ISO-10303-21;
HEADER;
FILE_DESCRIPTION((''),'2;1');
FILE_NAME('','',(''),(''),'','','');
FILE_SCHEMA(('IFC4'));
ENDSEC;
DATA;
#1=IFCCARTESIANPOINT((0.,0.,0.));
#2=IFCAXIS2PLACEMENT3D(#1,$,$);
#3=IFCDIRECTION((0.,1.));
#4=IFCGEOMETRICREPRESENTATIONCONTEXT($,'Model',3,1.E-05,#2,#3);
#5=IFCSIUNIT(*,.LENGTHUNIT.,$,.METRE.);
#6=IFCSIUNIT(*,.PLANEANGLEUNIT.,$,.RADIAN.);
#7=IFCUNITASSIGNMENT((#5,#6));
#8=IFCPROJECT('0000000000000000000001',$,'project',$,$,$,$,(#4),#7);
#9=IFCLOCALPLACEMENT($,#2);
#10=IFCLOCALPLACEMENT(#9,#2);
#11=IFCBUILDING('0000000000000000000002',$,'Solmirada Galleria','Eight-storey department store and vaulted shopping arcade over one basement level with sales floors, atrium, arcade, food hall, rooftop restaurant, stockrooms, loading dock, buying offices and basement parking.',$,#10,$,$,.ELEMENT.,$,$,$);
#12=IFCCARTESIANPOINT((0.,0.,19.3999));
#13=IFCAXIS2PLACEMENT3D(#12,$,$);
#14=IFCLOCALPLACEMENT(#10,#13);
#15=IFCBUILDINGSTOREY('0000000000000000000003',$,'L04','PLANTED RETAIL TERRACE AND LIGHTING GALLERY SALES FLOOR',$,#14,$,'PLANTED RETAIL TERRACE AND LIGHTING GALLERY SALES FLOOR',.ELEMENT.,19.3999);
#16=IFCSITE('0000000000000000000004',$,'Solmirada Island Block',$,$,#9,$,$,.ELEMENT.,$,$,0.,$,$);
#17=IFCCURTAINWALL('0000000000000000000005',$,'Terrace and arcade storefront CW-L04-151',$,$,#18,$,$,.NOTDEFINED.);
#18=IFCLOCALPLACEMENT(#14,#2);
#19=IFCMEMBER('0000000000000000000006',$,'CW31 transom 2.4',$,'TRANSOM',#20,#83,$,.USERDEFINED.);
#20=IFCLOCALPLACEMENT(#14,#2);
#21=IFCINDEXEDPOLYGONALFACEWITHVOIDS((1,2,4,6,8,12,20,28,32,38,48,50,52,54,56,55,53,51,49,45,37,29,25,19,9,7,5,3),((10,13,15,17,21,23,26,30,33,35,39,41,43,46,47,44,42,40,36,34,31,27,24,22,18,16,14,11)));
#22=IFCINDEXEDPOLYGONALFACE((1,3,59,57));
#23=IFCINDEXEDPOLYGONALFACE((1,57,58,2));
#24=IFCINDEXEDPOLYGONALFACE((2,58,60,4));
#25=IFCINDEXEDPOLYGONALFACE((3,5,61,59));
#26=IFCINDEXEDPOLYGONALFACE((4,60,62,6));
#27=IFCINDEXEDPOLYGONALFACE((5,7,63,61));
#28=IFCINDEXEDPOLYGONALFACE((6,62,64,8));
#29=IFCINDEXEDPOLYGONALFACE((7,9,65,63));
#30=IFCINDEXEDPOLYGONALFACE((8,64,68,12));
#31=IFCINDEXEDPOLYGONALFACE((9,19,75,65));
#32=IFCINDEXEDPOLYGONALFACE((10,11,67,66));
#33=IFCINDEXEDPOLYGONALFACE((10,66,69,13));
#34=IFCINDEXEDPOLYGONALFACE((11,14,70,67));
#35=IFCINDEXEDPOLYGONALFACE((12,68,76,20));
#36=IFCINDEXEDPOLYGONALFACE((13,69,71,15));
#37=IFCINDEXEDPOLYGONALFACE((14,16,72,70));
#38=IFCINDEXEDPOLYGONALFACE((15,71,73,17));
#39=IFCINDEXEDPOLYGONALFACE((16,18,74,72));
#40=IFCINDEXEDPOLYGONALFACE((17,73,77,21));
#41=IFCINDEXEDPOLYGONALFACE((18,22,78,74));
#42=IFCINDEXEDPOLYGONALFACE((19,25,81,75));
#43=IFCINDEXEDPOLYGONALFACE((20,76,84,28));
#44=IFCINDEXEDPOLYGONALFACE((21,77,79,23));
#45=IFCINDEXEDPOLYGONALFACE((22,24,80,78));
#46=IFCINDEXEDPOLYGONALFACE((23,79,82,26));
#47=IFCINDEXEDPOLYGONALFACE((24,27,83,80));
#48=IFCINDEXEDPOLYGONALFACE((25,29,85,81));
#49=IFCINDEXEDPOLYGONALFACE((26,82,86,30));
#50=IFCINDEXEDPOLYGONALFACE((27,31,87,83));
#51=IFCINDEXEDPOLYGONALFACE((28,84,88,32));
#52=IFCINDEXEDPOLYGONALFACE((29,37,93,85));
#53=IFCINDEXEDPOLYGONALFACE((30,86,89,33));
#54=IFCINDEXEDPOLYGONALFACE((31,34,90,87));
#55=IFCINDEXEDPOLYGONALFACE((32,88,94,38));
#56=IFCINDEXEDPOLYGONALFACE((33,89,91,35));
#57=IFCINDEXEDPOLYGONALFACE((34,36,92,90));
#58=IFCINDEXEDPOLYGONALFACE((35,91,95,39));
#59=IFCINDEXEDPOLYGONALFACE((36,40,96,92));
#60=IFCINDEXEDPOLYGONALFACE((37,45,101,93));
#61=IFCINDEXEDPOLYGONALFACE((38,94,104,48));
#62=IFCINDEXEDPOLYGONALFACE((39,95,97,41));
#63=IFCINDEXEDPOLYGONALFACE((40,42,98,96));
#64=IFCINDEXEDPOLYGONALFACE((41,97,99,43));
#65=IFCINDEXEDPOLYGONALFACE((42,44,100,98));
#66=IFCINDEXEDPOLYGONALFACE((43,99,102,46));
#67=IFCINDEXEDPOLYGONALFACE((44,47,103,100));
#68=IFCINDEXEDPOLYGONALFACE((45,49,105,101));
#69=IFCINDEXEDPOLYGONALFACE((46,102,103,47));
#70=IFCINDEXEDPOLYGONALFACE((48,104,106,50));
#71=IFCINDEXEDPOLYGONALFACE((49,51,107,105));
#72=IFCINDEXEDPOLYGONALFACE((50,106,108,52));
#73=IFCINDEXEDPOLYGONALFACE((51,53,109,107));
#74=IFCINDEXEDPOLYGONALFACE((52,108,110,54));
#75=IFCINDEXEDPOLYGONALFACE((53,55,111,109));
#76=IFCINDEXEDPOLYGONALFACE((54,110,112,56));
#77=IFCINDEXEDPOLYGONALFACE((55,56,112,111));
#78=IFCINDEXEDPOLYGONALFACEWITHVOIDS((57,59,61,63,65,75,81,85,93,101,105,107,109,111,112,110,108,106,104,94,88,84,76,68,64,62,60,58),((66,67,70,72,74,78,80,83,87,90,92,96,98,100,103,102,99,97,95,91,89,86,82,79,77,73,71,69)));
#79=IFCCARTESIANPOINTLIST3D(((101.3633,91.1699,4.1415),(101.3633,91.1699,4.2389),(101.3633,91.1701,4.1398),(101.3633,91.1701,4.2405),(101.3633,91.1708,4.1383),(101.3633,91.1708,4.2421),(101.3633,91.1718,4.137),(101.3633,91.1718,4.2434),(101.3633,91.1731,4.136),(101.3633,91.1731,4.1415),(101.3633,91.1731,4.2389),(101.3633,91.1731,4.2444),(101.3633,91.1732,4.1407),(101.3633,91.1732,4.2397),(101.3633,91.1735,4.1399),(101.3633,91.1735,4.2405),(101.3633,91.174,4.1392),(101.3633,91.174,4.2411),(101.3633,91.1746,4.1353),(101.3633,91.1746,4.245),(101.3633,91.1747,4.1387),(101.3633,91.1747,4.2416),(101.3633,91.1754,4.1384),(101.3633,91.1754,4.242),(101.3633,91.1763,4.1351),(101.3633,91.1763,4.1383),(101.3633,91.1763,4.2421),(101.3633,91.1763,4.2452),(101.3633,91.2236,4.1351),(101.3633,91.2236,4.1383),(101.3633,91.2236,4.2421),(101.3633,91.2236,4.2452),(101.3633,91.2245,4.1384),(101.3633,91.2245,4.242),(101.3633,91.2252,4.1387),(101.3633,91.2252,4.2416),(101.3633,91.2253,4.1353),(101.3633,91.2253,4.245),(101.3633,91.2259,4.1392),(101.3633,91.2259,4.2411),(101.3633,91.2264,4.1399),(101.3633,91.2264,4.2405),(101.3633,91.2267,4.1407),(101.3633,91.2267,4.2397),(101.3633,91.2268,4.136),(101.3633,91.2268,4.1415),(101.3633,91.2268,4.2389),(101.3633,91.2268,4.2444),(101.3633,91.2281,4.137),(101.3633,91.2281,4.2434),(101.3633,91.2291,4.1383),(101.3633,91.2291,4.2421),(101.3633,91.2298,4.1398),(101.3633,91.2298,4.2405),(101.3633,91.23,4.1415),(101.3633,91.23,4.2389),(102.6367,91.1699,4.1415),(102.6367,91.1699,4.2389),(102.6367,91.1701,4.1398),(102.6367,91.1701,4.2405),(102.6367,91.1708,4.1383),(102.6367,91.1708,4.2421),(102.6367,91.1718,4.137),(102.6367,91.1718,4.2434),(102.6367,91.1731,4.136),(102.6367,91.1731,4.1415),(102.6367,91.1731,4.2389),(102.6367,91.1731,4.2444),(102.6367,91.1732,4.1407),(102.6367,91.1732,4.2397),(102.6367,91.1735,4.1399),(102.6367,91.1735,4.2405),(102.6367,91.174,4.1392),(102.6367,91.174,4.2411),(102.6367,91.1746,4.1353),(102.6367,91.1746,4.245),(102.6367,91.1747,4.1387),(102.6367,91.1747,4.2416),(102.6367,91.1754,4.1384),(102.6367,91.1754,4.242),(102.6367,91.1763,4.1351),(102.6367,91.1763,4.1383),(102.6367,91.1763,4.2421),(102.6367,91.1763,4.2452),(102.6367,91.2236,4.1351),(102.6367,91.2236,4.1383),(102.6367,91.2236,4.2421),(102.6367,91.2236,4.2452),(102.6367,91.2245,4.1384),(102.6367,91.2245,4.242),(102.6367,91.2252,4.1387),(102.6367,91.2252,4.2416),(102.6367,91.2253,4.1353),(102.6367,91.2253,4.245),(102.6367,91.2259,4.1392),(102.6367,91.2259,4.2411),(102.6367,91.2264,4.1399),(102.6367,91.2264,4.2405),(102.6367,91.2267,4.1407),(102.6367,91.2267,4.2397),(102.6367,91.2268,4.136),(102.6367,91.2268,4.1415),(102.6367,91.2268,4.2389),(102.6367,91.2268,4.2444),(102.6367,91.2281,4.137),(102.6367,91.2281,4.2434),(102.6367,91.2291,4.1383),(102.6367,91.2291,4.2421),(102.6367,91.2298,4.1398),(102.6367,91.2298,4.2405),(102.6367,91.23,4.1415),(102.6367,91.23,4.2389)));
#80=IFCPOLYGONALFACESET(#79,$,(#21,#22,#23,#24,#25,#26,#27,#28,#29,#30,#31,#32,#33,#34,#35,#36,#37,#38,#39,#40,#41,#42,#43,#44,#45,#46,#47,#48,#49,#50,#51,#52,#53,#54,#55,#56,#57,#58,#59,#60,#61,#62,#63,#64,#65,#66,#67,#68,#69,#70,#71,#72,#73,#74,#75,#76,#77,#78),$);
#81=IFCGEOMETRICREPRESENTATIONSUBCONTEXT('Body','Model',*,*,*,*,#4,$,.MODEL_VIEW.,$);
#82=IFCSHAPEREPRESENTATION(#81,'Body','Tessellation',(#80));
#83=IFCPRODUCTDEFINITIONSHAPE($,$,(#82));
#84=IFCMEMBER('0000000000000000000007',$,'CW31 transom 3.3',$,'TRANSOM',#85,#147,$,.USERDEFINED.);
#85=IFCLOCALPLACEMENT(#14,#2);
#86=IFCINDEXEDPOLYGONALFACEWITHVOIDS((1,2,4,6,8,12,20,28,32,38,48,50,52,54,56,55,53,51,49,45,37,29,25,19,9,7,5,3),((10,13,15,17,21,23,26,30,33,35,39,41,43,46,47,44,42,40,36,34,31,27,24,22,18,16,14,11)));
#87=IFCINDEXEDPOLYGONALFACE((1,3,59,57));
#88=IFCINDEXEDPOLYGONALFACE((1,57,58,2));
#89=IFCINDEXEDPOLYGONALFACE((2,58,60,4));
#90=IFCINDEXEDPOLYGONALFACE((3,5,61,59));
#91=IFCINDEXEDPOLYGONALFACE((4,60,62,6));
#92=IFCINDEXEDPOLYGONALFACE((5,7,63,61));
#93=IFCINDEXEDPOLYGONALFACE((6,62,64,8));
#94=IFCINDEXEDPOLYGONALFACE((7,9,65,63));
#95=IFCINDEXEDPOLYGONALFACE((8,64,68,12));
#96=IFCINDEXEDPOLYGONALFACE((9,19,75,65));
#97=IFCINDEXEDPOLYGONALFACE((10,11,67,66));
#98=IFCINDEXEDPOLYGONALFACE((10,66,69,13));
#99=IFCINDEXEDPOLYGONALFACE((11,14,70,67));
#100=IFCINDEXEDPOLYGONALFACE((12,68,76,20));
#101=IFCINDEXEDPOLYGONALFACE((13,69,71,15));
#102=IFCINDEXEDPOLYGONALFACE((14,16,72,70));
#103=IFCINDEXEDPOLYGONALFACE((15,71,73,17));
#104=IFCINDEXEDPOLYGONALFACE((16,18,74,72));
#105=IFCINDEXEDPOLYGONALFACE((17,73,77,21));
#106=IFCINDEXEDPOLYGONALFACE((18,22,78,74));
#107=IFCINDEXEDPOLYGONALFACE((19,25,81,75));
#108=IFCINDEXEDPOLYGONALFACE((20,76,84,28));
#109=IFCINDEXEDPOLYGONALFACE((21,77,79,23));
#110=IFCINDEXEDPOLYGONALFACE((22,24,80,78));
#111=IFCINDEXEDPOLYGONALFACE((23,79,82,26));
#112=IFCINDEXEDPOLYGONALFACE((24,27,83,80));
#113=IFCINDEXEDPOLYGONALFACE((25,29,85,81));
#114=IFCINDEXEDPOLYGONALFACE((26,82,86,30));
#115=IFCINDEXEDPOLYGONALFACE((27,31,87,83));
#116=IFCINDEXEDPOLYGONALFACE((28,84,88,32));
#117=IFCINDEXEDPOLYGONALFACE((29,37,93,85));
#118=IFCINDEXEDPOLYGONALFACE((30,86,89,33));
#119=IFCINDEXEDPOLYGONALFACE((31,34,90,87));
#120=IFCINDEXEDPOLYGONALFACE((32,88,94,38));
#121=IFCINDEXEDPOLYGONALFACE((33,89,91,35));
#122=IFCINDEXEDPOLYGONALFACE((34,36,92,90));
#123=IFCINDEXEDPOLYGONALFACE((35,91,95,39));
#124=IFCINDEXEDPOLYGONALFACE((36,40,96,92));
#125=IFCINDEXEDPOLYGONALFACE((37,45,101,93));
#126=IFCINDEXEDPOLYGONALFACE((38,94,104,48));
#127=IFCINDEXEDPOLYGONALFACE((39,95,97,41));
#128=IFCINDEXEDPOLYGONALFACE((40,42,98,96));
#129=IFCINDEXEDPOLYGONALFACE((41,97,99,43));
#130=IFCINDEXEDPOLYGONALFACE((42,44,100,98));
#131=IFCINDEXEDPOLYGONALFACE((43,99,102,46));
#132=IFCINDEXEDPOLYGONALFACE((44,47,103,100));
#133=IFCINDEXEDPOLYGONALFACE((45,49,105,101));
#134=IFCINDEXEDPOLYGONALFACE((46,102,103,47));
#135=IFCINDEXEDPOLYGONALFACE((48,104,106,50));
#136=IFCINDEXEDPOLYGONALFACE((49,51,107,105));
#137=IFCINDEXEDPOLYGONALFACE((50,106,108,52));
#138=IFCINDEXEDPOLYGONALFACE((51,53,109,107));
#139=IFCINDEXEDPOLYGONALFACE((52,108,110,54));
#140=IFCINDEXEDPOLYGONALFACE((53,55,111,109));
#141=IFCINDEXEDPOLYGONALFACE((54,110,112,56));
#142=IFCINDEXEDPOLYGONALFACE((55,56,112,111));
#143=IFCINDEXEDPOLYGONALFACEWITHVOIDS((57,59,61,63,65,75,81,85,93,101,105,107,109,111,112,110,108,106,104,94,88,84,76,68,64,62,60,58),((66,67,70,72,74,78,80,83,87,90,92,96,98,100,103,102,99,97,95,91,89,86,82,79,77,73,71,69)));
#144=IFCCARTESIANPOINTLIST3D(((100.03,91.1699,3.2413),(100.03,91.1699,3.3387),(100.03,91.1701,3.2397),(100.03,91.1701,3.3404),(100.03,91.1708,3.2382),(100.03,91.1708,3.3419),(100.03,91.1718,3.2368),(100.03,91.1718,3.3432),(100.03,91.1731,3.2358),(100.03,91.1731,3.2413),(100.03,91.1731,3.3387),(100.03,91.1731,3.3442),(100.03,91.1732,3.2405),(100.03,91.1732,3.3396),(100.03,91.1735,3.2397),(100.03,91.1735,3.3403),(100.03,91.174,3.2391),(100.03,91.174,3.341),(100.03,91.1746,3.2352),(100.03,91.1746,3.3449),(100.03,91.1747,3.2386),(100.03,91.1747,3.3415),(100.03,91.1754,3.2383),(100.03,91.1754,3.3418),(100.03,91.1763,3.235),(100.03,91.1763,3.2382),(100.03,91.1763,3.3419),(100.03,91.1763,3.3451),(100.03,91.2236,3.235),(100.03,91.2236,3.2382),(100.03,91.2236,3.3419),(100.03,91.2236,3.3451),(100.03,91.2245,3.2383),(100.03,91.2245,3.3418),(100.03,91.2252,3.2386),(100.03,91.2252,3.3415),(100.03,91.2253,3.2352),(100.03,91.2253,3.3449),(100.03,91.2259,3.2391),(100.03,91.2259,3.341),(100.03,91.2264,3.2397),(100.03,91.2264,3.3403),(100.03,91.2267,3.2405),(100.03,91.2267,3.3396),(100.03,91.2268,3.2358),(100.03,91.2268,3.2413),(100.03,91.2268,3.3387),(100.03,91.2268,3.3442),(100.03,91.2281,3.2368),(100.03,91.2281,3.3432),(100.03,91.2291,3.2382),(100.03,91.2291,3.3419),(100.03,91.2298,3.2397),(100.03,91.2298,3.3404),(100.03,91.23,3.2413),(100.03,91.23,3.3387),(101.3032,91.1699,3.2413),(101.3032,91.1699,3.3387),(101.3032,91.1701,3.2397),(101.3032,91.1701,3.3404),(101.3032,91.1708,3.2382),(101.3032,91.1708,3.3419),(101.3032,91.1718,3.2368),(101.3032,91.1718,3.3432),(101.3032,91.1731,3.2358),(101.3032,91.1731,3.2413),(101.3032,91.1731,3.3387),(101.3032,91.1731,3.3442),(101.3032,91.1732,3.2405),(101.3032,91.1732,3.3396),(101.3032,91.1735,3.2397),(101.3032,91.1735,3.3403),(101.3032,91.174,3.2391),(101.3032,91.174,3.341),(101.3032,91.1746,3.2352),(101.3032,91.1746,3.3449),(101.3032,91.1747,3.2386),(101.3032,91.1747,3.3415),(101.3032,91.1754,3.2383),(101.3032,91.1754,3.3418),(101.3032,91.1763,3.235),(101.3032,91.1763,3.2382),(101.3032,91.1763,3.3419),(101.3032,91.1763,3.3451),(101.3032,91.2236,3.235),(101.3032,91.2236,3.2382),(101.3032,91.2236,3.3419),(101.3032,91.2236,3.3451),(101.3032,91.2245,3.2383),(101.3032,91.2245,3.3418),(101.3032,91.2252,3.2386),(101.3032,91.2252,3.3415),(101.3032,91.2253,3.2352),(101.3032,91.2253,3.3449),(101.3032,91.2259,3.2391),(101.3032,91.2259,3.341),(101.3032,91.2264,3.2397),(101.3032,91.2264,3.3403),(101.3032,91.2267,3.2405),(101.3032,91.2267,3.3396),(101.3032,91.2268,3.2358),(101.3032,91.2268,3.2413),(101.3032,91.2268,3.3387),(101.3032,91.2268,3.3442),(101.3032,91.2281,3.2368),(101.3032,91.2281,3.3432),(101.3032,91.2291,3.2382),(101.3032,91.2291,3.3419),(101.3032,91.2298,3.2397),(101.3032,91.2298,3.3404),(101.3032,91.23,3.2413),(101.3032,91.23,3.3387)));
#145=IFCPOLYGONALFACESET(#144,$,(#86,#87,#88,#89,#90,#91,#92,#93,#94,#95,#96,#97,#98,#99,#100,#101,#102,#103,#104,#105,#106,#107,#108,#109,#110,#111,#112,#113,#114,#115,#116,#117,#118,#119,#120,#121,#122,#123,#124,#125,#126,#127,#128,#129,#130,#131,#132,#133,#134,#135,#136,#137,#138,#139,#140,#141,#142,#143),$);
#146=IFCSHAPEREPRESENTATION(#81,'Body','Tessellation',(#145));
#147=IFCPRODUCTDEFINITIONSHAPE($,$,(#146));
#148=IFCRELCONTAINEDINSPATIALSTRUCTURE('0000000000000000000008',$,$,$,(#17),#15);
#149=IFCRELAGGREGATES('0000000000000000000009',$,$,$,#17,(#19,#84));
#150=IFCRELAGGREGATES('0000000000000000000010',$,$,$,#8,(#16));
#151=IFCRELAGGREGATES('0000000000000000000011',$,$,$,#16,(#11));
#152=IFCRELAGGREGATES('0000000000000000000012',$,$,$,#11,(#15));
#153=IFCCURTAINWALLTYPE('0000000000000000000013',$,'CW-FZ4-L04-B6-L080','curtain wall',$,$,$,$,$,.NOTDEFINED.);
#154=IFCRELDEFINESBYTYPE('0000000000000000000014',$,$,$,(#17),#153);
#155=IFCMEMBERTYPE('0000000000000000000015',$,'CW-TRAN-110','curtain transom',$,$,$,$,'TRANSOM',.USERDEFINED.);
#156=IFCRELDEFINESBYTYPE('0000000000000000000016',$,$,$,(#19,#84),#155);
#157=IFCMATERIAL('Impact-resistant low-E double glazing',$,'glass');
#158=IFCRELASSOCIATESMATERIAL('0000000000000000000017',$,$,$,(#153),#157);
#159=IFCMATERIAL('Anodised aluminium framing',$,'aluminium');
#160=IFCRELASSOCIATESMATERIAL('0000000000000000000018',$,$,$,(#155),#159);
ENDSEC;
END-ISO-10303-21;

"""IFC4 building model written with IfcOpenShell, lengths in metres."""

from ifc_helpers import new_model, si_unit, direction, frame, origin, origin_2d, place, context, subcontext, project, spatial, hollow_rectangle, extrude, material, material_profile, profile_set, type_object, element, aggregate, save


model = new_model("IFC4")

# Units and contexts
model_context = context("Model", 3, precision=1e-05, world=origin(), true_north=direction((0.0, 1.0)))
body_context = subcontext(model_context, "Body", "Model", "MODEL_VIEW")
ifc_project = project(units=[si_unit("LENGTHUNIT", "METRE"), si_unit("PLANEANGLEUNIT", "RADIAN")], contexts=[model_context])

# Site, building, storey
site_placement = place(None, origin())
site = spatial("IfcSite", under=ifc_project, at=site_placement, Name="Solmirada Island Block", CompositionType="ELEMENT", RefElevation=0.0)
building_placement = place(site_placement, origin())
building = spatial("IfcBuilding", under=site, at=building_placement, Name="Solmirada Galleria", Description="Eight-storey department store and vaulted shopping arcade over one basement level with sales floors, atrium, arcade, food hall, rooftop restaurant, stockrooms, loading dock, buying offices and basement parking.", CompositionType="ELEMENT")
storey_placement = place(building_placement, frame((0.0, 0.0, 19.3999)))
storey = spatial("IfcBuildingStorey", under=building, at=storey_placement, Name="L04", Description="PLANTED RETAIL TERRACE AND LIGHTING GALLERY SALES FLOOR", LongName="PLANTED RETAIL TERRACE AND LIGHTING GALLERY SALES FLOOR", CompositionType="ELEMENT", Elevation=19.3999)

# Curtain wall, members
ifc_material_1 = material(Name="Impact-resistant low-E double glazing", Category="glass")
curtain_wall_type = type_object("IfcCurtainWallType", Name="CW-FZ4-L04-B6-L080", Description="curtain wall", PredefinedType="NOTDEFINED", material=ifc_material_1)
curtain_wall_placement = place(storey_placement, origin())
curtain_wall = element("IfcCurtainWall", 1, at=curtain_wall_placement, inside=storey, type_object=curtain_wall_type, Name="Terrace and arcade storefront CW-L04-151", PredefinedType="NOTDEFINED")
ifc_material_2 = material(Name="Anodised aluminium framing", Category="aluminium")
ifc_material_profile_1 = material_profile(ifc_material_2, hollow_rectangle(XDim=0.0601, YDim=0.1101, WallThickness=0.0032, InnerFilletRadius=0.0032, OuterFilletRadius=0.0063, at=origin_2d()), Name="ALU-TRAN-110X60")
ifc_profile_set_1 = profile_set([ifc_material_profile_1], Name="Anodised aluminium framing")
member_type_1 = type_object("IfcMemberType", Name="CW-TRAN-110", Description="curtain transom", ElementType="TRANSOM", PredefinedType="USERDEFINED", material=ifc_profile_set_1)
member_1_placement = place(storey_placement, frame((102.6367, 91.2, 4.1902), z_axis=(-1.0, 0.0, 0.0), x_axis=(0.0, -1.0, 0.0)))
member_1 = element("IfcMember", 2, at=member_1_placement, type_object=member_type_1, Name="CW31 transom 2.4", ObjectType="TRANSOM", PredefinedType="USERDEFINED", context=body_context, shape_type="SweptSolid", body=[
    extrude(hollow_rectangle(XDim=0.0601, YDim=0.1101, WallThickness=0.0032, InnerFilletRadius=0.0032, OuterFilletRadius=0.0063, at=origin_2d()), origin(), (0.0, 0.0, 1.0), 1.2734),
])
member_2_placement = place(storey_placement, frame((101.3032, 91.2, 3.29), z_axis=(-1.0, 0.0, 0.0), x_axis=(0.0, -1.0, 0.0)))
member_2 = element("IfcMember", 3, at=member_2_placement, type_object=member_type_1, Name="CW31 transom 3.3", ObjectType="TRANSOM", PredefinedType="USERDEFINED", context=body_context, shape_type="SweptSolid", body=[
    extrude(hollow_rectangle(XDim=0.0601, YDim=0.1101, WallThickness=0.0032, InnerFilletRadius=0.0032, OuterFilletRadius=0.0063, at=origin_2d()), origin(), (0.0, 0.0, 1.0), 1.2732),
])
aggregate(curtain_wall, [member_1, member_2])

save(model, "model.ifc")
